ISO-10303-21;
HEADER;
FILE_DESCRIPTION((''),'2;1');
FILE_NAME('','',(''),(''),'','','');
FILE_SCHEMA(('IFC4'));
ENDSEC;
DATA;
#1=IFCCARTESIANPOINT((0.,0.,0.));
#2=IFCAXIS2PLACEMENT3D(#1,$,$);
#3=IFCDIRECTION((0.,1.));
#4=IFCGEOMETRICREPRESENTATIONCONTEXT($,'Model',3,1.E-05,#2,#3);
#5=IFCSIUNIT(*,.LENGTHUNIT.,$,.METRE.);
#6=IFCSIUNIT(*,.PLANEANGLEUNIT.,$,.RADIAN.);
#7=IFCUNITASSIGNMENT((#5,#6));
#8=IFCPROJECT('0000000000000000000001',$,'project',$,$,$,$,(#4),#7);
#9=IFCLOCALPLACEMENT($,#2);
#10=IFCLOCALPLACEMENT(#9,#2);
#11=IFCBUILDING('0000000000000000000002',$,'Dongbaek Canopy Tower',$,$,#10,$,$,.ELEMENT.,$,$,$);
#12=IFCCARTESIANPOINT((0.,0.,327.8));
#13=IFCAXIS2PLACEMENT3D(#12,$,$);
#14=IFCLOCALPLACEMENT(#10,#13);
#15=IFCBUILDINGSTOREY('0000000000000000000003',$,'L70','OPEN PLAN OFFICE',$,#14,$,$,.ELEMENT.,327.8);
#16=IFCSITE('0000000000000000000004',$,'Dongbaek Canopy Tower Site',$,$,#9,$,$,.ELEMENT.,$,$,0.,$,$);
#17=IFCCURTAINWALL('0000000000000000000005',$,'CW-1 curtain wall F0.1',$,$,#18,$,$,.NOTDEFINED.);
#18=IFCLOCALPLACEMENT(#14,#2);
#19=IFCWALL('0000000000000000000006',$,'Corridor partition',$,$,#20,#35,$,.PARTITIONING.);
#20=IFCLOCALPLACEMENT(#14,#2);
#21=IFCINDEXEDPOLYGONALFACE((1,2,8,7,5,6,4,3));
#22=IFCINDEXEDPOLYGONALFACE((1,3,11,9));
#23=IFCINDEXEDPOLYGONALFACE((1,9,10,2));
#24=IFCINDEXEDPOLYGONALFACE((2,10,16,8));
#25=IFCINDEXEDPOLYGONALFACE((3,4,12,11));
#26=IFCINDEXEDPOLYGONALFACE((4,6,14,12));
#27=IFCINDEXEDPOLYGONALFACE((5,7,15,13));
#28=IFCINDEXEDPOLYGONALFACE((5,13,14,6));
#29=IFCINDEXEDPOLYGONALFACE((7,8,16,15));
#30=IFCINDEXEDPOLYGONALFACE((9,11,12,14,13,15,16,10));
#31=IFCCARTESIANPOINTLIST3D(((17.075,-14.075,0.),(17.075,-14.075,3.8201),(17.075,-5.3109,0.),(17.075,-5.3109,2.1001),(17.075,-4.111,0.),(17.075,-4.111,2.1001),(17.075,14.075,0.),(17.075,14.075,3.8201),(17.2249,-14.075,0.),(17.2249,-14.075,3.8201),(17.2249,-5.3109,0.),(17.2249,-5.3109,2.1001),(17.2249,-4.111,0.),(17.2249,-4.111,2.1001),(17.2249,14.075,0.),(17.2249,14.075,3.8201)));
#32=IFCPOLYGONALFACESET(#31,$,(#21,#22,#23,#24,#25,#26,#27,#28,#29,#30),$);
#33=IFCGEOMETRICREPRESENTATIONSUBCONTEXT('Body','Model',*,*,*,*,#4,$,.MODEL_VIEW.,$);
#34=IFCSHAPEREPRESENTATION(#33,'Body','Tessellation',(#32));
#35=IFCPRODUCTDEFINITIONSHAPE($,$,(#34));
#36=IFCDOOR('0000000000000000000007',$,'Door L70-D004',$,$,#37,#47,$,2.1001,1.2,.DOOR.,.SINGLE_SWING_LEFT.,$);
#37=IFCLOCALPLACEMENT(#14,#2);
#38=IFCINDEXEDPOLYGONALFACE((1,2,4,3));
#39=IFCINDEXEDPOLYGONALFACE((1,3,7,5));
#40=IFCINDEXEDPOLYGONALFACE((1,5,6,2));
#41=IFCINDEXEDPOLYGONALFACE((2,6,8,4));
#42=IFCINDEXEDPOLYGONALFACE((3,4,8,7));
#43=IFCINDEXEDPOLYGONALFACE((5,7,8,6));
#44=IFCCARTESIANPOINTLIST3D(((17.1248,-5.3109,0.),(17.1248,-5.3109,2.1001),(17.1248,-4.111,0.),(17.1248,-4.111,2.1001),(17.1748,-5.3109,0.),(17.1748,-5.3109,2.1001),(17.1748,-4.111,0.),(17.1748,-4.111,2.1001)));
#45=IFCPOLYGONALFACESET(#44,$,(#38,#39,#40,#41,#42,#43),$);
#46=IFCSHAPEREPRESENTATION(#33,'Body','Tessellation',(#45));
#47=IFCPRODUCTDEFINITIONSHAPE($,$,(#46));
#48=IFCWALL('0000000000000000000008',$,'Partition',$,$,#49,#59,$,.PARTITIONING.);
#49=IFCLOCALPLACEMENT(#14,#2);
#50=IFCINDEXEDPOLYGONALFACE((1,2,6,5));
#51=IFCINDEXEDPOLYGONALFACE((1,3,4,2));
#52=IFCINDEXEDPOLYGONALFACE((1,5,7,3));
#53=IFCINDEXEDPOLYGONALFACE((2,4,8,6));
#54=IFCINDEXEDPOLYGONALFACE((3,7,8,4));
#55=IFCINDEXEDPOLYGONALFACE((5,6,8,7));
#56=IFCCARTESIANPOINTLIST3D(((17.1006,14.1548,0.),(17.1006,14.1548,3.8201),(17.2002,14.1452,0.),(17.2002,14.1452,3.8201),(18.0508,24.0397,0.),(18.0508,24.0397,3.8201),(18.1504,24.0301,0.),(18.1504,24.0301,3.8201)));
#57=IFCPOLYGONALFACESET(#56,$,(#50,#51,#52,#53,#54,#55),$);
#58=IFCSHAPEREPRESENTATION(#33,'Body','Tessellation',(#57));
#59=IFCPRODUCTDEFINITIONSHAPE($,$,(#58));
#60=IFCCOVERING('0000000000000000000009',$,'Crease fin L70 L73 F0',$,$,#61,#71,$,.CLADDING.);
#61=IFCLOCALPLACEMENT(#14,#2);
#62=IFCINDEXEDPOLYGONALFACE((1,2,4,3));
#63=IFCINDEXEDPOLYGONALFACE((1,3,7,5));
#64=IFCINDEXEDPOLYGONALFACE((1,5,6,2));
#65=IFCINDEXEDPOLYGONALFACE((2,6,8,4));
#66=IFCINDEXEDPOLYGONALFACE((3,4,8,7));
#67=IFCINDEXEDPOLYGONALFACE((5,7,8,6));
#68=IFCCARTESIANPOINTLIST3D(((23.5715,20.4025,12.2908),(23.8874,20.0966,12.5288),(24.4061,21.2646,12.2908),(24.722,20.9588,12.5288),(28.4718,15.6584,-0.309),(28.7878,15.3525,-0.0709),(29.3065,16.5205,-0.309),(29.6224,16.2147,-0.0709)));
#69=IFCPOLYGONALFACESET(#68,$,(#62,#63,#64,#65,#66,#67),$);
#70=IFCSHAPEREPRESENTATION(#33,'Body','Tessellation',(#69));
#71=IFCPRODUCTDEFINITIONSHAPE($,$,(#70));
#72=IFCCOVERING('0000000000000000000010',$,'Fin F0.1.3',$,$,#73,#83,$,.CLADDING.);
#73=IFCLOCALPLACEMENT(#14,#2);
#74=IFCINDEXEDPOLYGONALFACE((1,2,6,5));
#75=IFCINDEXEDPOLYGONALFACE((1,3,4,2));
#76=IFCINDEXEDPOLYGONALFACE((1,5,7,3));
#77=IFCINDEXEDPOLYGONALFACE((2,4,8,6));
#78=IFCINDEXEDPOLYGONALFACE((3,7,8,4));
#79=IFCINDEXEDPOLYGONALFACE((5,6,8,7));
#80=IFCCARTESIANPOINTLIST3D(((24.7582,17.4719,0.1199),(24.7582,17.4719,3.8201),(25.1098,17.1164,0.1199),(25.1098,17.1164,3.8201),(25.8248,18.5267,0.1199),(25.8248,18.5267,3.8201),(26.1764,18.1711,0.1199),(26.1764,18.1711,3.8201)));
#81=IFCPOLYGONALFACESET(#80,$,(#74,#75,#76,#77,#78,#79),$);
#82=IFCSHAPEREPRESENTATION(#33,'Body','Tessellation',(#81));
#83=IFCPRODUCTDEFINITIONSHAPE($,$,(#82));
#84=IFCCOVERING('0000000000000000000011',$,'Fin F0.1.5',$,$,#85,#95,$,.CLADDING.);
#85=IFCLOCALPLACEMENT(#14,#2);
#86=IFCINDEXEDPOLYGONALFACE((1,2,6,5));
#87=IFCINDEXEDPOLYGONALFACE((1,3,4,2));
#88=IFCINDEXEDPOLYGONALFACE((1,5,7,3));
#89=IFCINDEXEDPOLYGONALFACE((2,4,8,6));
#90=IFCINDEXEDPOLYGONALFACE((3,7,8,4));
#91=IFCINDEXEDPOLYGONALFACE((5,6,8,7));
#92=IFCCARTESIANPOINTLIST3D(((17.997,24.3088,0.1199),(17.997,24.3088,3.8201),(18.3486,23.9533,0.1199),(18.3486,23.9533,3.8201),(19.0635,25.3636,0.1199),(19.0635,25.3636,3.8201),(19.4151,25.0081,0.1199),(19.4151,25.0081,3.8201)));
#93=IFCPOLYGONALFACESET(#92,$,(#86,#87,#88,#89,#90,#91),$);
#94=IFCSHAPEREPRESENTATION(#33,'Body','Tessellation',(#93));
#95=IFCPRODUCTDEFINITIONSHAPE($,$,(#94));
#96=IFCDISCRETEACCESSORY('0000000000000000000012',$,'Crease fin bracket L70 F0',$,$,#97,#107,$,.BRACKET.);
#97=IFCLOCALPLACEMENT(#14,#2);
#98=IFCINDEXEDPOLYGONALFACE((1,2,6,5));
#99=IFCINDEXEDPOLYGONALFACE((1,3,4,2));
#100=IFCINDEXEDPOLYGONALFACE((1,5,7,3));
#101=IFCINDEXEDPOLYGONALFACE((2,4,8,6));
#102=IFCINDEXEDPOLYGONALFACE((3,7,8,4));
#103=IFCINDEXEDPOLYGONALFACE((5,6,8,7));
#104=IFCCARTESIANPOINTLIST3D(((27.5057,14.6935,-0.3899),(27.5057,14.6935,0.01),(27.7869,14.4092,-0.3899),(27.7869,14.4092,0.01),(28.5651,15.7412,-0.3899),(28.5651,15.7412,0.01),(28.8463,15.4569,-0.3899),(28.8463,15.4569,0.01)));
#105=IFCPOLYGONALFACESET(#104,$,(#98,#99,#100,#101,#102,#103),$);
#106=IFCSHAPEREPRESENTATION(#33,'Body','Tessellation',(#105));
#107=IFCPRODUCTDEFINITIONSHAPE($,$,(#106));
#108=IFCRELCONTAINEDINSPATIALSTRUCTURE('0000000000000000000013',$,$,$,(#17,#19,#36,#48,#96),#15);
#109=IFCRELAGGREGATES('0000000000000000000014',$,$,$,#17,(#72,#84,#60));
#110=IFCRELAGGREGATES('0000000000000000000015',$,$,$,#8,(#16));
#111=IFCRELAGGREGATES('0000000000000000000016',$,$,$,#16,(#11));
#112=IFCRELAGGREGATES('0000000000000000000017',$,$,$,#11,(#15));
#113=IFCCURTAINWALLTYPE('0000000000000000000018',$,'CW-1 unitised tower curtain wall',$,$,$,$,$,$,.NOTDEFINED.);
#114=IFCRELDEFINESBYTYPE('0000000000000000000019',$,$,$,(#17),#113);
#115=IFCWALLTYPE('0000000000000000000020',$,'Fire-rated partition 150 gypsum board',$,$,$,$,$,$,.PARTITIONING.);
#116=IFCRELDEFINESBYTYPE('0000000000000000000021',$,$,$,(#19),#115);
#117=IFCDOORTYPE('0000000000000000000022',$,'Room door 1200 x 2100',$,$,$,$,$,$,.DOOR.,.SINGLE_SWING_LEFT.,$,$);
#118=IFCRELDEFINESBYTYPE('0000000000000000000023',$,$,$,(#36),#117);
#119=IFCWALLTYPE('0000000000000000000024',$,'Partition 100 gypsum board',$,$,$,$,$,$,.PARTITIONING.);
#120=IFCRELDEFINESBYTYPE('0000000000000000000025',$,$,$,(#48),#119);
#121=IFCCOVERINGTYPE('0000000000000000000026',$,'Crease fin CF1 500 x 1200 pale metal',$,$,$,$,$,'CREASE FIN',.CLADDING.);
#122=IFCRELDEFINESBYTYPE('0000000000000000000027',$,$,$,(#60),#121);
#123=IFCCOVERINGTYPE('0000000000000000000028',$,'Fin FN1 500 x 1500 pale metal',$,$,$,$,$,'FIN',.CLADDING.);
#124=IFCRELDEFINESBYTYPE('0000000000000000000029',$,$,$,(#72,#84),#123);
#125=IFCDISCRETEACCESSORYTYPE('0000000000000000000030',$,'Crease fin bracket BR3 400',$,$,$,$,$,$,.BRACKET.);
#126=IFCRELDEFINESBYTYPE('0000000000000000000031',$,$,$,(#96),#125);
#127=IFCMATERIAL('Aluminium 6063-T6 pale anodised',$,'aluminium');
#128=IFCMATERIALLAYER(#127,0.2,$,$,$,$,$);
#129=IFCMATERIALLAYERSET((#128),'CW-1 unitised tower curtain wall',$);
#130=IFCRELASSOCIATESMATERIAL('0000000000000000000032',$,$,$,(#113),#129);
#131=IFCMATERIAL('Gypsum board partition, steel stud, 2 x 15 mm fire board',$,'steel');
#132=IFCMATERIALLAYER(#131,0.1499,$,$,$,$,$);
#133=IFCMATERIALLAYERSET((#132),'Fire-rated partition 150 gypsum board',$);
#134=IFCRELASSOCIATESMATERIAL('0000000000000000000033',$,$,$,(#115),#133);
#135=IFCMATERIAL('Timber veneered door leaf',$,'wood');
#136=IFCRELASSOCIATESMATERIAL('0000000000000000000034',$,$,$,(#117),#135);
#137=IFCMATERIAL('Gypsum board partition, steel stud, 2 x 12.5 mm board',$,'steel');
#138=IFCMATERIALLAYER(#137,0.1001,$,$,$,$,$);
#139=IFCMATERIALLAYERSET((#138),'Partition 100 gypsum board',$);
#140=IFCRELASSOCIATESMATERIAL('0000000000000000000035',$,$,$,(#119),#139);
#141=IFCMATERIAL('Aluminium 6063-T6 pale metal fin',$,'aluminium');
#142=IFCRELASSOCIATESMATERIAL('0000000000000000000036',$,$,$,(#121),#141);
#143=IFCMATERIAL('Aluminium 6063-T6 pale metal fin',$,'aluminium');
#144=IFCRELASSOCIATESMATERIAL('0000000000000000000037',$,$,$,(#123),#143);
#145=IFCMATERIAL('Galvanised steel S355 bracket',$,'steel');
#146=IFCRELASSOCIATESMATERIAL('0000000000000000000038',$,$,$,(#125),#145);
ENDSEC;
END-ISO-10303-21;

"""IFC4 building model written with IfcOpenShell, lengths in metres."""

from ifc_helpers import new_model, si_unit, direction, frame, frame_2d, origin, origin_2d, place, context, subcontext, project, spatial, rectangle, extrude, material, layer, layer_set, material_profile, profile_set, type_object, element, fill, aggregate, save


model = new_model("IFC4")

# Units and contexts
model_context = context("Model", 3, precision=1e-05, world=origin(), true_north=direction((0.0, 1.0)))
body_context = subcontext(model_context, "Body", "Model", "MODEL_VIEW")
ifc_project = project(units=[si_unit("LENGTHUNIT", "METRE"), si_unit("PLANEANGLEUNIT", "RADIAN")], contexts=[model_context])

# Site, building, storey
site_placement = place(None, origin())
site = spatial("IfcSite", under=ifc_project, at=site_placement, Name="Dongbaek Canopy Tower Site", CompositionType="ELEMENT", RefElevation=0.0)
building_placement = place(site_placement, origin())
building = spatial("IfcBuilding", under=site, at=building_placement, Name="Dongbaek Canopy Tower", CompositionType="ELEMENT")
storey_placement = place(building_placement, frame((0.0, 0.0, 327.8)))
storey = spatial("IfcBuildingStorey", under=building, at=storey_placement, Name="L70", Description="OPEN PLAN OFFICE", CompositionType="ELEMENT", Elevation=327.8)

# Curtain wall
ifc_material_1 = material(Name="Aluminium 6063-T6 pale anodised", Category="aluminium")
ifc_layer_1 = layer(ifc_material_1, 0.2)
ifc_layer_set_1 = layer_set([ifc_layer_1], Name="CW-1 unitised tower curtain wall")
curtain_wall_type = type_object("IfcCurtainWallType", Name="CW-1 unitised tower curtain wall", PredefinedType="NOTDEFINED", material=ifc_layer_set_1)
curtain_wall_1_placement = place(storey_placement, origin())
curtain_wall_1 = element("IfcCurtainWall", 1, at=curtain_wall_1_placement, inside=storey, type_object=curtain_wall_type, Name="CW-1 curtain wall F0.1", PredefinedType="NOTDEFINED")

# Wall, opening, door
ifc_material_2 = material(Name="Gypsum board partition, steel stud, 2 x 15 mm fire board", Category="steel")
ifc_layer_2 = layer(ifc_material_2, 0.1499)
ifc_layer_set_2 = layer_set([ifc_layer_2], Name="Fire-rated partition 150 gypsum board")
wall_type_1 = type_object("IfcWallType", Name="Fire-rated partition 150 gypsum board", PredefinedType="PARTITIONING", material=ifc_layer_set_2)
wall_1_placement = place(storey_placement, frame((17.1499, 14.075, 0.0), z_axis=(0.0, 0.0, 1.0), x_axis=(0.0, -1.0, 0.0)))
wall_1 = element("IfcWall", 2, at=wall_1_placement, inside=storey, type_object=wall_type_1, Name="Corridor partition", PredefinedType="PARTITIONING", context=body_context, shape_type="SweptSolid", body=[
    extrude(rectangle(XDim=28.1499, YDim=0.1499, at=frame_2d((14.075, 0.0))), origin(), (0.0, 0.0, 1.0), 3.8201),
])
opening_placement = place(wall_1_placement, frame((18.1858, 0.0, 0.0)))
opening = element("IfcOpeningElement", 3, at=opening_placement, cuts=wall_1, PredefinedType="OPENING", context=body_context, shape_type="SweptSolid", body=[
    extrude(rectangle(XDim=1.2, YDim=2.1001, at=frame_2d((0.6001, 1.05))), frame((0.0, 0.085, 0.0), z_axis=(0.0, -1.0, 0.0), x_axis=(1.0, 0.0, 0.0)), (0.0, 0.0, 1.0), 0.1699),
])
ifc_material_3 = material(Name="Timber veneered door leaf", Category="wood")
door_type = type_object("IfcDoorType", Name="Room door 1200 x 2100", OperationType="SINGLE_SWING_LEFT", PredefinedType="DOOR", material=ifc_material_3)
door_placement = place(opening_placement, origin())
door = element("IfcDoor", 4, at=door_placement, inside=storey, type_object=door_type, Name="Door L70-D004", OperationType="SINGLE_SWING_LEFT", OverallHeight=2.1001, OverallWidth=1.2, PredefinedType="DOOR", context=body_context, shape_type="SweptSolid", body=[
    extrude(rectangle(XDim=1.2, YDim=2.1001, at=frame_2d((0.6001, 1.05))), frame((0.0, 0.0249, 0.0), z_axis=(0.0, -1.0, 0.0), x_axis=(1.0, 0.0, 0.0)), (0.0, 0.0, 1.0), 0.05),
])
fill(opening, door)

# Wall
ifc_material_4 = material(Name="Gypsum board partition, steel stud, 2 x 12.5 mm board", Category="steel")
ifc_layer_3 = layer(ifc_material_4, 0.1001)
ifc_layer_set_3 = layer_set([ifc_layer_3], Name="Partition 100 gypsum board")
wall_type_2 = type_object("IfcWallType", Name="Partition 100 gypsum board", PredefinedType="PARTITIONING", material=ifc_layer_set_3)
wall_2_placement = place(storey_placement, frame((17.1504, 14.1499, 0.0), z_axis=(0.0, 0.0, 1.0), x_axis=(0.095686, 0.995412, 0.0)))
element("IfcWall", 5, at=wall_2_placement, inside=storey, type_object=wall_type_2, Name="Partition", PredefinedType="PARTITIONING", context=body_context, shape_type="SweptSolid", body=[
    extrude(rectangle(XDim=9.9304, YDim=0.1001, at=frame_2d((4.9653, 0.0))), origin(), (0.0, 0.0, 1.0), 3.8201),
])

# Coverings
ifc_material_5 = material(Name="Aluminium 6063-T6 pale metal fin", Category="aluminium")
ifc_material_profile_1 = material_profile(ifc_material_5, rectangle(XDim=1.2, YDim=0.5, at=origin_2d()), Name="Crease fin CF1 500 x 1200 pale metal")
ifc_profile_set_1 = profile_set([ifc_material_profile_1], Name="Aluminium 6063-T6 pale metal fin")
covering_type_1 = type_object("IfcCoveringType", Name="Crease fin CF1 500 x 1200 pale metal", ElementType="CREASE FIN", PredefinedType="CLADDING", material=ifc_profile_set_1)
covering_1_placement = place(storey_placement, frame((29.0471, 15.9365, -0.1899), z_axis=(-0.342027, 0.331122, 0.879418), x_axis=(-0.69556, -0.718468, 0.0)))
covering_1 = element("IfcCovering", 6, at=covering_1_placement, type_object=covering_type_1, Name="Crease fin L70 L73 F0", PredefinedType="CLADDING", context=body_context, shape_type="SweptSolid", body=[
    extrude(rectangle(XDim=1.2, YDim=0.5, at=origin_2d()), origin(), (0.0, 0.0, 1.0), 14.3274),
])
ifc_material_6 = material(Name="Aluminium 6063-T6 pale metal fin", Category="aluminium")
ifc_material_profile_2 = material_profile(ifc_material_6, rectangle(XDim=1.5, YDim=0.5, at=origin_2d()), Name="Fin FN1 500 x 1500 pale metal")
ifc_profile_set_2 = profile_set([ifc_material_profile_2], Name="Aluminium 6063-T6 pale metal fin")
covering_type_2 = type_object("IfcCoveringType", Name="Fin FN1 500 x 1500 pale metal", ElementType="FIN", PredefinedType="CLADDING", material=ifc_profile_set_2)
covering_2_placement = place(storey_placement, frame((25.4673, 17.8215, 0.1199), z_axis=(0.0, 0.0, 1.0), x_axis=(0.711035, 0.703156, 0.0)))
covering_2 = element("IfcCovering", 7, at=covering_2_placement, type_object=covering_type_2, Name="Fin F0.1.3", PredefinedType="CLADDING", context=body_context, shape_type="SweptSolid", body=[
    extrude(rectangle(XDim=1.5, YDim=0.5, at=origin_2d()), origin(), (0.0, 0.0, 1.0), 3.7002),
])
covering_3_placement = place(storey_placement, frame((18.7061, 24.6584, 0.1199), z_axis=(0.0, 0.0, 1.0), x_axis=(0.711035, 0.703156, 0.0)))
covering_3 = element("IfcCovering", 8, at=covering_3_placement, type_object=covering_type_2, Name="Fin F0.1.5", PredefinedType="CLADDING", context=body_context, shape_type="SweptSolid", body=[
    extrude(rectangle(XDim=1.5, YDim=0.5, at=origin_2d()), origin(), (0.0, 0.0, 1.0), 3.7002),
])
aggregate(curtain_wall_1, [covering_2, covering_3, covering_1])

# Discrete accessory
ifc_material_7 = material(Name="Galvanised steel S355 bracket", Category="steel")
discrete_accessory_type = type_object("IfcDiscreteAccessoryType", Name="Crease fin bracket BR3 400", PredefinedType="BRACKET", material=ifc_material_7)
discrete_accessory_placement = place(storey_placement, frame((28.176, 15.0752, -0.3899), z_axis=(0.0, 0.0, 1.0), x_axis=(0.711035, 0.703156, 0.0)))
element("IfcDiscreteAccessory", 9, at=discrete_accessory_placement, inside=storey, type_object=discrete_accessory_type, Name="Crease fin bracket L70 F0", PredefinedType="BRACKET", context=body_context, shape_type="SweptSolid", body=[
    extrude(rectangle(XDim=1.49, YDim=0.3999, at=origin_2d()), origin(), (0.0, 0.0, 1.0), 0.3999),
])

save(model, "model.ifc")
